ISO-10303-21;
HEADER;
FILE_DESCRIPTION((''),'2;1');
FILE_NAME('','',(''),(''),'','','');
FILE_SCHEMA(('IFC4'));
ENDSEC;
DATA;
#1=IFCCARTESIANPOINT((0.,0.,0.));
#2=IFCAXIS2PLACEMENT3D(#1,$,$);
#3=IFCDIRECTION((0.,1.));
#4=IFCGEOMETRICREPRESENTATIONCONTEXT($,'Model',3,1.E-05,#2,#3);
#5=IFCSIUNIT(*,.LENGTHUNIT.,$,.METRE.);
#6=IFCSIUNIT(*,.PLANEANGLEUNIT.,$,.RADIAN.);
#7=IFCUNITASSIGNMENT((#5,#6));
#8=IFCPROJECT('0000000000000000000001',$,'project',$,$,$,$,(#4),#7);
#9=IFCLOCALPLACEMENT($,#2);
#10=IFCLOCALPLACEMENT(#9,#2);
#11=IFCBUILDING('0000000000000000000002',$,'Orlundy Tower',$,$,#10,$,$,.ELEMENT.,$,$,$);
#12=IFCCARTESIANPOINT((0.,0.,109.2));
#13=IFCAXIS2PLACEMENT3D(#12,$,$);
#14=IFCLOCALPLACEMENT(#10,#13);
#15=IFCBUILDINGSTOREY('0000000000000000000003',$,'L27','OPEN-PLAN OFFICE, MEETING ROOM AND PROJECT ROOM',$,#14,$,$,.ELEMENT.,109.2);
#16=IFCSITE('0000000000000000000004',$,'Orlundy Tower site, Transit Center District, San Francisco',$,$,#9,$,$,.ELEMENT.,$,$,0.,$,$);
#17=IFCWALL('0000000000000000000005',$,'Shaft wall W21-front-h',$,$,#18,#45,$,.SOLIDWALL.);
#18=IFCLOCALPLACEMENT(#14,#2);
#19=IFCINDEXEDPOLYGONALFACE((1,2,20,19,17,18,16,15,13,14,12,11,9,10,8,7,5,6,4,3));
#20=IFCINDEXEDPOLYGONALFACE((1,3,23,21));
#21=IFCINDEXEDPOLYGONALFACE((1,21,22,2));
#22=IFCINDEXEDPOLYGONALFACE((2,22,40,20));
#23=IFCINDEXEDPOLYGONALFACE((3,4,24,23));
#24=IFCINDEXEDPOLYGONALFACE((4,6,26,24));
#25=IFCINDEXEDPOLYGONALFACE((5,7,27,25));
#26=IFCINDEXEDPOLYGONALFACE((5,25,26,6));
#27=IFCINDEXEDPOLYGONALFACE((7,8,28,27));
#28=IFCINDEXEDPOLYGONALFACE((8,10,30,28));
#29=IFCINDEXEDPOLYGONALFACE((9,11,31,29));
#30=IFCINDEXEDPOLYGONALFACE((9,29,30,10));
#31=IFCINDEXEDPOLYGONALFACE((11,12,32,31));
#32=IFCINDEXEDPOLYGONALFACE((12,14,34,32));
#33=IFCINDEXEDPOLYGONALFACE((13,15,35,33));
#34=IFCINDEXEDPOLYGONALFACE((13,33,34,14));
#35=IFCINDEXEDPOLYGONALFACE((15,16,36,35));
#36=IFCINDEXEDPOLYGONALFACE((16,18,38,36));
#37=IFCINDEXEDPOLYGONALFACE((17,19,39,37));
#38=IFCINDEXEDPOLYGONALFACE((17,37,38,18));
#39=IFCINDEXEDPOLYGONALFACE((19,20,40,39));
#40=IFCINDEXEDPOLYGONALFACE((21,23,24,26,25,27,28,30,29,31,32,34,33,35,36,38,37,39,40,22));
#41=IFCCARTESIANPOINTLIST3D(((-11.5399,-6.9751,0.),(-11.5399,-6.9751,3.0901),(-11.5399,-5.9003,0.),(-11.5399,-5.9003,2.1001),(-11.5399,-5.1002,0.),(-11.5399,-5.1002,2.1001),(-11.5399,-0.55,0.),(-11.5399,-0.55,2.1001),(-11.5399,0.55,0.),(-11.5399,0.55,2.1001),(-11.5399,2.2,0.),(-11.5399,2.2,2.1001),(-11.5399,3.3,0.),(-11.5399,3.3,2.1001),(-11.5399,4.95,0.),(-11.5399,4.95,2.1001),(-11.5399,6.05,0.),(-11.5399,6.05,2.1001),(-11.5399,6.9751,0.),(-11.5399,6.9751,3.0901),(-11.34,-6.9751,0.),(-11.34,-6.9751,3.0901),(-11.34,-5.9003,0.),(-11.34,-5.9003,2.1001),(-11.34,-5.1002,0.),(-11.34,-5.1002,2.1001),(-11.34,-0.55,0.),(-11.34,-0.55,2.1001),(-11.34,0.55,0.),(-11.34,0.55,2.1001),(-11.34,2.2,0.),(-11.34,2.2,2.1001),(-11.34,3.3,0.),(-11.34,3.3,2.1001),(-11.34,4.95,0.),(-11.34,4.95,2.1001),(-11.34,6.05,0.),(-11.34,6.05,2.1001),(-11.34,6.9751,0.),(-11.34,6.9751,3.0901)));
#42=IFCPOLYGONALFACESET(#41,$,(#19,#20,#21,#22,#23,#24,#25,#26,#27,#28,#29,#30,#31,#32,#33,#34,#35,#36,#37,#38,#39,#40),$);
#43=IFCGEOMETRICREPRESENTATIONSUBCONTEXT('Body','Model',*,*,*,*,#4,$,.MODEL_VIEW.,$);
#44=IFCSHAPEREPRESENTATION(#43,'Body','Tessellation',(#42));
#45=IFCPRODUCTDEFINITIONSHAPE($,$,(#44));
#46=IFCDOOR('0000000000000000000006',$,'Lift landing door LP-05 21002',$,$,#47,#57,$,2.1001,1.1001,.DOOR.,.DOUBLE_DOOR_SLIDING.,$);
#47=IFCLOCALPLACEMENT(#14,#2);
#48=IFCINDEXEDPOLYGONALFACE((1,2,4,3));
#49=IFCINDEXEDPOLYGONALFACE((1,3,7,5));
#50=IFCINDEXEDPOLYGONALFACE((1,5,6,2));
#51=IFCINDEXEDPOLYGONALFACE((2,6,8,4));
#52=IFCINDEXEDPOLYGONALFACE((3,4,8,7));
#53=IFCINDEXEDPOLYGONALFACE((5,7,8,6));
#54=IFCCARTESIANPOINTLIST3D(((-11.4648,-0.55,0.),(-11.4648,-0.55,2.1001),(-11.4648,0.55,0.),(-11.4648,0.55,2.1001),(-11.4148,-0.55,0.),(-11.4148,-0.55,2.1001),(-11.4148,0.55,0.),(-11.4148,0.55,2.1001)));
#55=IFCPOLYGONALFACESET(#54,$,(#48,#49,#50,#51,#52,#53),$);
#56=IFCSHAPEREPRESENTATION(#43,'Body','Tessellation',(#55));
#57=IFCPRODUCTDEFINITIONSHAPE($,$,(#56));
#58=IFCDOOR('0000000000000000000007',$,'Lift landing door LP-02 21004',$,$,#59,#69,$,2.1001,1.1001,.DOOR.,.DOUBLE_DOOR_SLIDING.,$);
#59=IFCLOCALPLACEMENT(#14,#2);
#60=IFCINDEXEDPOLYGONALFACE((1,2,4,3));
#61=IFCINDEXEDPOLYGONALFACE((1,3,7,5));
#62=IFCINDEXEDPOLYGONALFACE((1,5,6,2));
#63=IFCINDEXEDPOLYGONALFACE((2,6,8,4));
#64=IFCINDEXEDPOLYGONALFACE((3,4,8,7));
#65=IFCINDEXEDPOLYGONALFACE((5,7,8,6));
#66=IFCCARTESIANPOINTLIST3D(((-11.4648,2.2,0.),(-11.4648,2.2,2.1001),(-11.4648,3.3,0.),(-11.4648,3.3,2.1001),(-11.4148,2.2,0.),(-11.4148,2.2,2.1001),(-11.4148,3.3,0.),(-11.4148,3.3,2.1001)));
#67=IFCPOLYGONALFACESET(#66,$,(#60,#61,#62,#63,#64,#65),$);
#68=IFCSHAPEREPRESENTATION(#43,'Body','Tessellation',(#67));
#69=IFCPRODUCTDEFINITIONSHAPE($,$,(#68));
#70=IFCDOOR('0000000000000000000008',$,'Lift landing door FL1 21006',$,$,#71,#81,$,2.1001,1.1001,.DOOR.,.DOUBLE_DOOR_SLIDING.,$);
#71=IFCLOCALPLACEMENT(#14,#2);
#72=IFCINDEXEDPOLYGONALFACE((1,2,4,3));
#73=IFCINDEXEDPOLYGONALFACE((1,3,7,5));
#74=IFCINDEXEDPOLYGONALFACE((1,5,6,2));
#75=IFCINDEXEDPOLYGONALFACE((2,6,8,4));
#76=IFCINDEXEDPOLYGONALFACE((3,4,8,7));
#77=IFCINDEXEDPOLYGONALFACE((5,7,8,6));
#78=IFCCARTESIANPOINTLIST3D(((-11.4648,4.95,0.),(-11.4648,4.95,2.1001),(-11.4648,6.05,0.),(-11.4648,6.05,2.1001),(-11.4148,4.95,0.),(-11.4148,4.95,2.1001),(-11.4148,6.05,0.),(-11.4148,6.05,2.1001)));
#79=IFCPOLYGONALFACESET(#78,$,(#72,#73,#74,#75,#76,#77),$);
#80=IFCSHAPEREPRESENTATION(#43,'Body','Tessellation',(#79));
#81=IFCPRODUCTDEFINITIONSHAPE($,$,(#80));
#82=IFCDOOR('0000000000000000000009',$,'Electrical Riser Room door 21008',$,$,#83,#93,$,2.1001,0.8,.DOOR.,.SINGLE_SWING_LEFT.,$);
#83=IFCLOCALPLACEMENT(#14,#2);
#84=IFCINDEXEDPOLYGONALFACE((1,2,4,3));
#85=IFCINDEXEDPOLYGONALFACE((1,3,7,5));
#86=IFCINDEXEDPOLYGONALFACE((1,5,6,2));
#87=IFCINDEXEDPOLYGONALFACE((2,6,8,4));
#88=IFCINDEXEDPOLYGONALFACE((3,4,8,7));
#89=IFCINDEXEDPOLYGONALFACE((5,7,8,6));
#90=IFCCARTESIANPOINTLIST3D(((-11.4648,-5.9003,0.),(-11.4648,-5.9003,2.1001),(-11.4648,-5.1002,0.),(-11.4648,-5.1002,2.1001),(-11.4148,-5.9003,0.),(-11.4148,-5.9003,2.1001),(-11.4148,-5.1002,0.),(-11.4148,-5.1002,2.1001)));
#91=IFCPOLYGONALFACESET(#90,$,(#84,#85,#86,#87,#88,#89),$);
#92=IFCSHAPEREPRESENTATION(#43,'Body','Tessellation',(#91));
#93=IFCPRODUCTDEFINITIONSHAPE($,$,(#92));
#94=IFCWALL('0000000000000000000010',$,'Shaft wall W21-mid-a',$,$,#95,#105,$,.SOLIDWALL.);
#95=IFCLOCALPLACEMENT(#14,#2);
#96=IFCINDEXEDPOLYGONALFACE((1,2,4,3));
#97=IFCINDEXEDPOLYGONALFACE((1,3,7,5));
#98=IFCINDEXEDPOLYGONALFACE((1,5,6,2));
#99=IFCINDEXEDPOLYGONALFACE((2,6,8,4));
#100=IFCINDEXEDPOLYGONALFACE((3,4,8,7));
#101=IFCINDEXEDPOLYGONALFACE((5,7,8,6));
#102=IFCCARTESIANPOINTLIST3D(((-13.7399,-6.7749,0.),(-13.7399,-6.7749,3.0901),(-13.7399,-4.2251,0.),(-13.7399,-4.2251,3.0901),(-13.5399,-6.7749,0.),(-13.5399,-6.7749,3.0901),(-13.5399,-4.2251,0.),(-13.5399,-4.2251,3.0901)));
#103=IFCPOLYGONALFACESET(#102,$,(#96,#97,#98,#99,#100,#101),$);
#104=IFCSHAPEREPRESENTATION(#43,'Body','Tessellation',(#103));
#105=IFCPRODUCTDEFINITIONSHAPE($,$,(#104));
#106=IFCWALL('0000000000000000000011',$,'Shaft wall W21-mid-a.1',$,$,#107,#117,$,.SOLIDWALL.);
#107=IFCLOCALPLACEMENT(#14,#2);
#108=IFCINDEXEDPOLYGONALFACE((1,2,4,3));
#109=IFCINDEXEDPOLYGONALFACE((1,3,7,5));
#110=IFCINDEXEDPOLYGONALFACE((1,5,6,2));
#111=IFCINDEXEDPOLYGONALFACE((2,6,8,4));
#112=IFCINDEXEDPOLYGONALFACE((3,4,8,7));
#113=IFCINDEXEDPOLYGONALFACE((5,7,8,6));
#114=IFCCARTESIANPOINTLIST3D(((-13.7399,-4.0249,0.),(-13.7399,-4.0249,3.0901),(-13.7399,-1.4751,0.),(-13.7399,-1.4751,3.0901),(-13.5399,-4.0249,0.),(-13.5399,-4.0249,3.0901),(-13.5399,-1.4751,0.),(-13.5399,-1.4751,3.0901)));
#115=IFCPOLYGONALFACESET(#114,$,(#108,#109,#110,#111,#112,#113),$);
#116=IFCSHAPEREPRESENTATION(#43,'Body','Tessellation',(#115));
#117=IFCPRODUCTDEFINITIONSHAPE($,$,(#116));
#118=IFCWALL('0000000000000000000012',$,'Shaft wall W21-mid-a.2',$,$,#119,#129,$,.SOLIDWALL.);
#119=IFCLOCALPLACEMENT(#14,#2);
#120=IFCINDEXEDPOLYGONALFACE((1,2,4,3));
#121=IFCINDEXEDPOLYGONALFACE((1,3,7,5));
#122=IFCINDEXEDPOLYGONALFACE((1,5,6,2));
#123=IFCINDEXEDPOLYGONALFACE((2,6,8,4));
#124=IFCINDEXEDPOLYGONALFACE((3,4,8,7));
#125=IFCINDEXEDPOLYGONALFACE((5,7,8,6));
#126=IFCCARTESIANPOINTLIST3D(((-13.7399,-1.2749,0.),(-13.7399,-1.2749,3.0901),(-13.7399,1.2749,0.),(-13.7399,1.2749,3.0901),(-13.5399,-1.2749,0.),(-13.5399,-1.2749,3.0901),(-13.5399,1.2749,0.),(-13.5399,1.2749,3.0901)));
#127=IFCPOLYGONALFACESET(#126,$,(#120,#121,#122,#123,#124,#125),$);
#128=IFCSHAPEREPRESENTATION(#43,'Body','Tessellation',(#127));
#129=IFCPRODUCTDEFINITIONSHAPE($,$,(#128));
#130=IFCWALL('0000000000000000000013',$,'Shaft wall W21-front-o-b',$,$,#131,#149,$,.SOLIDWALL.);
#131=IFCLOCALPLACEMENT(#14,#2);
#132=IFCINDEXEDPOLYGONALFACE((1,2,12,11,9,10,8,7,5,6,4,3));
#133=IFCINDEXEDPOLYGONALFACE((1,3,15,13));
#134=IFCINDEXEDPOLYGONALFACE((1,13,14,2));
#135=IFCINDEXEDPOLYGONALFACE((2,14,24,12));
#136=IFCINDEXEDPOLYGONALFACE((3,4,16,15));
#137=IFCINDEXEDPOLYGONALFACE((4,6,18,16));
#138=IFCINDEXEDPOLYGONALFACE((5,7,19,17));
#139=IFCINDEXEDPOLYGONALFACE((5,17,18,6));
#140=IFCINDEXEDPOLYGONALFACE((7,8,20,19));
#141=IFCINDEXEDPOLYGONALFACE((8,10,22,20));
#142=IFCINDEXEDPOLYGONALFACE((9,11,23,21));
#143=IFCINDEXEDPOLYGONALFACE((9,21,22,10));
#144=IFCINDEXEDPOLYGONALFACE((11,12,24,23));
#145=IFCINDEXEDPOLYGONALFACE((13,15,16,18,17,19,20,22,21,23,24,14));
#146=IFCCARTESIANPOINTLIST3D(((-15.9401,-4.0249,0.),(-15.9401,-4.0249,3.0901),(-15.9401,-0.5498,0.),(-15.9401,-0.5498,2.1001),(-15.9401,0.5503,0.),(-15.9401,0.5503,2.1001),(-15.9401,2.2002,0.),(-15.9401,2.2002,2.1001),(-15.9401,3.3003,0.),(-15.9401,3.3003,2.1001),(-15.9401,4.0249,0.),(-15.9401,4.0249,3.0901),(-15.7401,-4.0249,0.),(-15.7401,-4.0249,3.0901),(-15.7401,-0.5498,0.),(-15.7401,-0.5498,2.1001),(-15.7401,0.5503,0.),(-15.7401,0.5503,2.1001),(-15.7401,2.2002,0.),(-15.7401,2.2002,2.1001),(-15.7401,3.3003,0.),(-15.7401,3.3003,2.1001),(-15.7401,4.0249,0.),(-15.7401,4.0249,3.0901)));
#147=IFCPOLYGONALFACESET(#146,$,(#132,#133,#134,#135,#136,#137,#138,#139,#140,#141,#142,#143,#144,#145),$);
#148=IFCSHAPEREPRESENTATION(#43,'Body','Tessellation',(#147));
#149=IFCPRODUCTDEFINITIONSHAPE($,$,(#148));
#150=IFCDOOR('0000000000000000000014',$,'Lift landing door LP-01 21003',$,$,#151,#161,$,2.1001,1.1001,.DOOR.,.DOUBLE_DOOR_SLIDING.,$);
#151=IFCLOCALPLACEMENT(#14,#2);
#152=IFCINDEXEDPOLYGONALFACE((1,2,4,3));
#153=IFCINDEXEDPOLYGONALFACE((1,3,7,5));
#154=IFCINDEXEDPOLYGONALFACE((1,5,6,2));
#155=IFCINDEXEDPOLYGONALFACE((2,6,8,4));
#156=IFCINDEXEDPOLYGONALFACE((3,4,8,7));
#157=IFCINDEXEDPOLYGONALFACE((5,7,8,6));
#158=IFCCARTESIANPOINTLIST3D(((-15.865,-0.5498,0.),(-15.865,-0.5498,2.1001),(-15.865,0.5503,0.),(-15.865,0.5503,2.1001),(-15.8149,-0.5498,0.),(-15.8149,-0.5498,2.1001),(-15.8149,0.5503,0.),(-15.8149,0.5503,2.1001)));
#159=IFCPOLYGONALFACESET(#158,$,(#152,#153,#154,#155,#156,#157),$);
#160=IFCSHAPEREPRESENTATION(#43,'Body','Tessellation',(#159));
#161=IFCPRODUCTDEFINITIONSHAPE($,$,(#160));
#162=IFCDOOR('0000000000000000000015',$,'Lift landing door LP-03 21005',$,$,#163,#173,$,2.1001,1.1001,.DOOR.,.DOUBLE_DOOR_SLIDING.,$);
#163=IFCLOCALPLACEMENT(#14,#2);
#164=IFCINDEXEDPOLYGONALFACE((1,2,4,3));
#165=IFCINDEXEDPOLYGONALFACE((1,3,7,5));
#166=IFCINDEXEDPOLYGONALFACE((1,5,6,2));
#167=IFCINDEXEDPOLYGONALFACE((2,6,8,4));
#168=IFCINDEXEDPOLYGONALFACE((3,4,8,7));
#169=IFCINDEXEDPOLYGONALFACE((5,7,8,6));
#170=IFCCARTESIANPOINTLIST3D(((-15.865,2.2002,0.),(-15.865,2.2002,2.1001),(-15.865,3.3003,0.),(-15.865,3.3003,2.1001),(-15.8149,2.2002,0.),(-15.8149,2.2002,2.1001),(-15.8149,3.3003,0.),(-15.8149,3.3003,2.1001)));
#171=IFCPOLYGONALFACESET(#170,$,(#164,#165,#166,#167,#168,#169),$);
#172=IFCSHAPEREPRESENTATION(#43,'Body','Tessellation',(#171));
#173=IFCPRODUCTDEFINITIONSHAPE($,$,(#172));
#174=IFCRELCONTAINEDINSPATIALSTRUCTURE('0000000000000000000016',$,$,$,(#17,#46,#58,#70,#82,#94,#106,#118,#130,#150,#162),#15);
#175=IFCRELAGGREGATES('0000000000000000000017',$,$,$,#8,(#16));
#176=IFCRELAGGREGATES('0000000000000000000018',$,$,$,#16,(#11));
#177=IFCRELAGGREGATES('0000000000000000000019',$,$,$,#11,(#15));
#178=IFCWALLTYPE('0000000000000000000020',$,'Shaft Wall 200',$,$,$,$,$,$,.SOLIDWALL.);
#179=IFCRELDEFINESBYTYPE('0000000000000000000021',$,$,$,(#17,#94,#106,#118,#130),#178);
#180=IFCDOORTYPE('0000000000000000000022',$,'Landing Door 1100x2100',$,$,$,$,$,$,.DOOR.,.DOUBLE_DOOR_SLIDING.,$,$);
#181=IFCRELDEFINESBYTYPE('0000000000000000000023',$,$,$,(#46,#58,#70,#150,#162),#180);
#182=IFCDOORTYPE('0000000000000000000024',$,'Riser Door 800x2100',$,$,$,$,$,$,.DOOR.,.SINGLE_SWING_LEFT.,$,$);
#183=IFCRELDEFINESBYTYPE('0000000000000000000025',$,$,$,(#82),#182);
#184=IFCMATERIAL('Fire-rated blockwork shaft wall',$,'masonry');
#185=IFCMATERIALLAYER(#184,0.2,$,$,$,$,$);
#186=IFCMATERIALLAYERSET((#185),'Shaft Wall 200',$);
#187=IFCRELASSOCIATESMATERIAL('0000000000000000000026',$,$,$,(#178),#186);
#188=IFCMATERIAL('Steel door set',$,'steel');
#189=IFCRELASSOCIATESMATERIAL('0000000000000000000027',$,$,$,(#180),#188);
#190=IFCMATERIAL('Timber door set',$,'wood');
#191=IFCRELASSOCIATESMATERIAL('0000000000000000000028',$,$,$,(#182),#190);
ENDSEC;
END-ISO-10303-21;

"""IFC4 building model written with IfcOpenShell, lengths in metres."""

from ifc_helpers import new_model, si_unit, direction, frame, frame_2d, origin, place, context, subcontext, project, spatial, rectangle, extrude, material, layer, layer_set, type_object, element, fill, save


model = new_model("IFC4")

# Units and contexts
model_context = context("Model", 3, precision=1e-05, world=origin(), true_north=direction((0.0, 1.0)))
body_context = subcontext(model_context, "Body", "Model", "MODEL_VIEW")
ifc_project = project(units=[si_unit("LENGTHUNIT", "METRE"), si_unit("PLANEANGLEUNIT", "RADIAN")], contexts=[model_context])

# Site, building, storey
site_placement = place(None, origin())
site = spatial("IfcSite", under=ifc_project, at=site_placement, Name="Orlundy Tower site, Transit Center District, San Francisco", CompositionType="ELEMENT", RefElevation=0.0)
building_placement = place(site_placement, origin())
building = spatial("IfcBuilding", under=site, at=building_placement, Name="Orlundy Tower", CompositionType="ELEMENT")
storey_placement = place(building_placement, frame((0.0, 0.0, 109.2)))
storey = spatial("IfcBuildingStorey", under=building, at=storey_placement, Name="L27", Description="OPEN-PLAN OFFICE, MEETING ROOM AND PROJECT ROOM", CompositionType="ELEMENT", Elevation=109.2)

# Shared definitions
ifc_material_1 = material(Name="Fire-rated blockwork shaft wall", Category="masonry")
ifc_layer_1 = layer(ifc_material_1, 0.2)
ifc_layer_set_1 = layer_set([ifc_layer_1], Name="Shaft Wall 200")
wall_type_1 = type_object("IfcWallType", Name="Shaft Wall 200", PredefinedType="SOLIDWALL", material=ifc_layer_set_1)

# Wall, openings, doors
wall_1_placement = place(storey_placement, frame((-11.4399, -6.9751, 0.0), z_axis=(0.0, 0.0, 1.0), x_axis=(0.0, 1.0, 0.0)))
wall_1 = element("IfcWall", 1, at=wall_1_placement, inside=storey, type_object=wall_type_1, Name="Shaft wall W21-front-h", PredefinedType="SOLIDWALL", context=body_context, shape_type="SweptSolid", body=[
    extrude(rectangle(XDim=13.9502, YDim=0.2, at=frame_2d((6.9751, 0.0))), origin(), (0.0, 0.0, 1.0), 3.0901),
])
opening_1_placement = place(wall_1_placement, frame((6.425, 0.0, 0.0)))
opening_1 = element("IfcOpeningElement", 2, at=opening_1_placement, cuts=wall_1, PredefinedType="OPENING", context=body_context, shape_type="SweptSolid", body=[
    extrude(rectangle(XDim=1.1001, YDim=2.1001, at=frame_2d((0.55, 1.05))), frame((0.0, 0.1101, 0.0), z_axis=(0.0, -1.0, 0.0), x_axis=(1.0, 0.0, 0.0)), (0.0, 0.0, 1.0), 0.2202),
])
opening_2_placement = place(wall_1_placement, frame((9.175, 0.0, 0.0)))
opening_2 = element("IfcOpeningElement", 3, at=opening_2_placement, cuts=wall_1, PredefinedType="OPENING", context=body_context, shape_type="SweptSolid", body=[
    extrude(rectangle(XDim=1.1001, YDim=2.1001, at=frame_2d((0.55, 1.05))), frame((0.0, 0.1101, 0.0), z_axis=(0.0, -1.0, 0.0), x_axis=(1.0, 0.0, 0.0)), (0.0, 0.0, 1.0), 0.2202),
])
opening_3_placement = place(wall_1_placement, frame((11.925, 0.0, 0.0)))
opening_3 = element("IfcOpeningElement", 4, at=opening_3_placement, cuts=wall_1, PredefinedType="OPENING", context=body_context, shape_type="SweptSolid", body=[
    extrude(rectangle(XDim=1.1001, YDim=2.1001, at=frame_2d((0.55, 1.05))), frame((0.0, 0.1101, 0.0), z_axis=(0.0, -1.0, 0.0), x_axis=(1.0, 0.0, 0.0)), (0.0, 0.0, 1.0), 0.2202),
])
opening_4_placement = place(wall_1_placement, frame((1.075, 0.0, 0.0)))
opening_4 = element("IfcOpeningElement", 5, at=opening_4_placement, cuts=wall_1, PredefinedType="OPENING", context=body_context, shape_type="SweptSolid", body=[
    extrude(rectangle(XDim=0.8, YDim=2.1001, at=frame_2d((0.3999, 1.05))), frame((0.0, 0.1101, 0.0), z_axis=(0.0, -1.0, 0.0), x_axis=(1.0, 0.0, 0.0)), (0.0, 0.0, 1.0), 0.2202),
])
ifc_material_2 = material(Name="Steel door set", Category="steel")
door_type_1 = type_object("IfcDoorType", Name="Landing Door 1100x2100", OperationType="DOUBLE_DOOR_SLIDING", PredefinedType="DOOR", material=ifc_material_2)
door_1_placement = place(opening_1_placement, origin())
door_1 = element("IfcDoor", 6, at=door_1_placement, inside=storey, type_object=door_type_1, Name="Lift landing door LP-05 21002", OperationType="DOUBLE_DOOR_SLIDING", OverallHeight=2.1001, OverallWidth=1.1001, PredefinedType="DOOR", context=body_context, shape_type="SweptSolid", body=[
    extrude(rectangle(XDim=1.1001, YDim=2.1001, at=frame_2d((0.55, 1.05))), frame((0.0, 0.0249, 0.0), z_axis=(0.0, -1.0, 0.0), x_axis=(1.0, 0.0, 0.0)), (0.0, 0.0, 1.0), 0.05),
])
fill(opening_1, door_1)
door_2_placement = place(opening_2_placement, origin())
door_2 = element("IfcDoor", 7, at=door_2_placement, inside=storey, type_object=door_type_1, Name="Lift landing door LP-02 21004", OperationType="DOUBLE_DOOR_SLIDING", OverallHeight=2.1001, OverallWidth=1.1001, PredefinedType="DOOR", context=body_context, shape_type="SweptSolid", body=[
    extrude(rectangle(XDim=1.1001, YDim=2.1001, at=frame_2d((0.55, 1.05))), frame((0.0, 0.0249, 0.0), z_axis=(0.0, -1.0, 0.0), x_axis=(1.0, 0.0, 0.0)), (0.0, 0.0, 1.0), 0.05),
])
fill(opening_2, door_2)
door_3_placement = place(opening_3_placement, origin())
door_3 = element("IfcDoor", 8, at=door_3_placement, inside=storey, type_object=door_type_1, Name="Lift landing door FL1 21006", OperationType="DOUBLE_DOOR_SLIDING", OverallHeight=2.1001, OverallWidth=1.1001, PredefinedType="DOOR", context=body_context, shape_type="SweptSolid", body=[
    extrude(rectangle(XDim=1.1001, YDim=2.1001, at=frame_2d((0.55, 1.05))), frame((0.0, 0.0249, 0.0), z_axis=(0.0, -1.0, 0.0), x_axis=(1.0, 0.0, 0.0)), (0.0, 0.0, 1.0), 0.05),
])
fill(opening_3, door_3)
ifc_material_3 = material(Name="Timber door set", Category="wood")
door_type_2 = type_object("IfcDoorType", Name="Riser Door 800x2100", OperationType="SINGLE_SWING_LEFT", PredefinedType="DOOR", material=ifc_material_3)
door_4_placement = place(opening_4_placement, origin())
door_4 = element("IfcDoor", 9, at=door_4_placement, inside=storey, type_object=door_type_2, Name="Electrical Riser Room door 21008", OperationType="SINGLE_SWING_LEFT", OverallHeight=2.1001, OverallWidth=0.8, PredefinedType="DOOR", context=body_context, shape_type="SweptSolid", body=[
    extrude(rectangle(XDim=0.8, YDim=2.1001, at=frame_2d((0.3999, 1.05))), frame((0.0, 0.0249, 0.0), z_axis=(0.0, -1.0, 0.0), x_axis=(1.0, 0.0, 0.0)), (0.0, 0.0, 1.0), 0.05),
])
fill(opening_4, door_4)

# Walls
for number, where, z_axis, x_axis, name in (
    (10, (-13.6399, -6.7749, 0.0), (0.0, 0.0, 1.0), (0.0, 1.0, 0.0), "Shaft wall W21-mid-a"),
    (11, (-13.6399, -4.0249, 0.0), (0.0, 0.0, 1.0), (0.0, 1.0, 0.0), "Shaft wall W21-mid-a.1"),
    (12, (-13.6399, -1.2749, 0.0), (0.0, 0.0, 1.0), (0.0, 1.0, 0.0), "Shaft wall W21-mid-a.2"),
):
    element("IfcWall", number, at=place(storey_placement, frame(where, z_axis=z_axis, x_axis=x_axis)), inside=storey, type_object=wall_type_1, Name=name, PredefinedType="SOLIDWALL", context=body_context, shape_type="SweptSolid", body=[
        extrude(rectangle(XDim=2.5498, YDim=0.2, at=frame_2d((1.2749, 0.0))), origin(), (0.0, 0.0, 1.0), 3.0901),
    ])

# Wall, openings, doors
wall_2_placement = place(storey_placement, frame((-15.8401, -4.0249, 0.0), z_axis=(0.0, 0.0, 1.0), x_axis=(0.0, 1.0, 0.0)))
wall_2 = element("IfcWall", 13, at=wall_2_placement, inside=storey, type_object=wall_type_1, Name="Shaft wall W21-front-o-b", PredefinedType="SOLIDWALL", context=body_context, shape_type="SweptSolid", body=[
    extrude(rectangle(XDim=8.0498, YDim=0.2, at=frame_2d((4.0249, 0.0))), origin(), (0.0, 0.0, 1.0), 3.0901),
])
opening_5_placement = place(wall_2_placement, frame((3.4751, 0.0, 0.0)))
opening_5 = element("IfcOpeningElement", 14, at=opening_5_placement, cuts=wall_2, PredefinedType="OPENING", context=body_context, shape_type="SweptSolid", body=[
    extrude(rectangle(XDim=1.1001, YDim=2.1001, at=frame_2d((0.55, 1.05))), frame((0.0, 0.1101, 0.0), z_axis=(0.0, -1.0, 0.0), x_axis=(1.0, 0.0, 0.0)), (0.0, 0.0, 1.0), 0.2202),
])
opening_6_placement = place(wall_2_placement, frame((6.2251, 0.0, 0.0)))
opening_6 = element("IfcOpeningElement", 15, at=opening_6_placement, cuts=wall_2, PredefinedType="OPENING", context=body_context, shape_type="SweptSolid", body=[
    extrude(rectangle(XDim=1.1001, YDim=2.1001, at=frame_2d((0.55, 1.05))), frame((0.0, 0.1101, 0.0), z_axis=(0.0, -1.0, 0.0), x_axis=(1.0, 0.0, 0.0)), (0.0, 0.0, 1.0), 0.2202),
])
door_5_placement = place(opening_5_placement, origin())
door_5 = element("IfcDoor", 16, at=door_5_placement, inside=storey, type_object=door_type_1, Name="Lift landing door LP-01 21003", OperationType="DOUBLE_DOOR_SLIDING", OverallHeight=2.1001, OverallWidth=1.1001, PredefinedType="DOOR", context=body_context, shape_type="SweptSolid", body=[
    extrude(rectangle(XDim=1.1001, YDim=2.1001, at=frame_2d((0.55, 1.05))), frame((0.0, 0.0249, 0.0), z_axis=(0.0, -1.0, 0.0), x_axis=(1.0, 0.0, 0.0)), (0.0, 0.0, 1.0), 0.05),
])
fill(opening_5, door_5)
door_6_placement = place(opening_6_placement, origin())
door_6 = element("IfcDoor", 17, at=door_6_placement, inside=storey, type_object=door_type_1, Name="Lift landing door LP-03 21005", OperationType="DOUBLE_DOOR_SLIDING", OverallHeight=2.1001, OverallWidth=1.1001, PredefinedType="DOOR", context=body_context, shape_type="SweptSolid", body=[
    extrude(rectangle(XDim=1.1001, YDim=2.1001, at=frame_2d((0.55, 1.05))), frame((0.0, 0.0249, 0.0), z_axis=(0.0, -1.0, 0.0), x_axis=(1.0, 0.0, 0.0)), (0.0, 0.0, 1.0), 0.05),
])
fill(opening_6, door_6)

save(model, "model.ifc")
